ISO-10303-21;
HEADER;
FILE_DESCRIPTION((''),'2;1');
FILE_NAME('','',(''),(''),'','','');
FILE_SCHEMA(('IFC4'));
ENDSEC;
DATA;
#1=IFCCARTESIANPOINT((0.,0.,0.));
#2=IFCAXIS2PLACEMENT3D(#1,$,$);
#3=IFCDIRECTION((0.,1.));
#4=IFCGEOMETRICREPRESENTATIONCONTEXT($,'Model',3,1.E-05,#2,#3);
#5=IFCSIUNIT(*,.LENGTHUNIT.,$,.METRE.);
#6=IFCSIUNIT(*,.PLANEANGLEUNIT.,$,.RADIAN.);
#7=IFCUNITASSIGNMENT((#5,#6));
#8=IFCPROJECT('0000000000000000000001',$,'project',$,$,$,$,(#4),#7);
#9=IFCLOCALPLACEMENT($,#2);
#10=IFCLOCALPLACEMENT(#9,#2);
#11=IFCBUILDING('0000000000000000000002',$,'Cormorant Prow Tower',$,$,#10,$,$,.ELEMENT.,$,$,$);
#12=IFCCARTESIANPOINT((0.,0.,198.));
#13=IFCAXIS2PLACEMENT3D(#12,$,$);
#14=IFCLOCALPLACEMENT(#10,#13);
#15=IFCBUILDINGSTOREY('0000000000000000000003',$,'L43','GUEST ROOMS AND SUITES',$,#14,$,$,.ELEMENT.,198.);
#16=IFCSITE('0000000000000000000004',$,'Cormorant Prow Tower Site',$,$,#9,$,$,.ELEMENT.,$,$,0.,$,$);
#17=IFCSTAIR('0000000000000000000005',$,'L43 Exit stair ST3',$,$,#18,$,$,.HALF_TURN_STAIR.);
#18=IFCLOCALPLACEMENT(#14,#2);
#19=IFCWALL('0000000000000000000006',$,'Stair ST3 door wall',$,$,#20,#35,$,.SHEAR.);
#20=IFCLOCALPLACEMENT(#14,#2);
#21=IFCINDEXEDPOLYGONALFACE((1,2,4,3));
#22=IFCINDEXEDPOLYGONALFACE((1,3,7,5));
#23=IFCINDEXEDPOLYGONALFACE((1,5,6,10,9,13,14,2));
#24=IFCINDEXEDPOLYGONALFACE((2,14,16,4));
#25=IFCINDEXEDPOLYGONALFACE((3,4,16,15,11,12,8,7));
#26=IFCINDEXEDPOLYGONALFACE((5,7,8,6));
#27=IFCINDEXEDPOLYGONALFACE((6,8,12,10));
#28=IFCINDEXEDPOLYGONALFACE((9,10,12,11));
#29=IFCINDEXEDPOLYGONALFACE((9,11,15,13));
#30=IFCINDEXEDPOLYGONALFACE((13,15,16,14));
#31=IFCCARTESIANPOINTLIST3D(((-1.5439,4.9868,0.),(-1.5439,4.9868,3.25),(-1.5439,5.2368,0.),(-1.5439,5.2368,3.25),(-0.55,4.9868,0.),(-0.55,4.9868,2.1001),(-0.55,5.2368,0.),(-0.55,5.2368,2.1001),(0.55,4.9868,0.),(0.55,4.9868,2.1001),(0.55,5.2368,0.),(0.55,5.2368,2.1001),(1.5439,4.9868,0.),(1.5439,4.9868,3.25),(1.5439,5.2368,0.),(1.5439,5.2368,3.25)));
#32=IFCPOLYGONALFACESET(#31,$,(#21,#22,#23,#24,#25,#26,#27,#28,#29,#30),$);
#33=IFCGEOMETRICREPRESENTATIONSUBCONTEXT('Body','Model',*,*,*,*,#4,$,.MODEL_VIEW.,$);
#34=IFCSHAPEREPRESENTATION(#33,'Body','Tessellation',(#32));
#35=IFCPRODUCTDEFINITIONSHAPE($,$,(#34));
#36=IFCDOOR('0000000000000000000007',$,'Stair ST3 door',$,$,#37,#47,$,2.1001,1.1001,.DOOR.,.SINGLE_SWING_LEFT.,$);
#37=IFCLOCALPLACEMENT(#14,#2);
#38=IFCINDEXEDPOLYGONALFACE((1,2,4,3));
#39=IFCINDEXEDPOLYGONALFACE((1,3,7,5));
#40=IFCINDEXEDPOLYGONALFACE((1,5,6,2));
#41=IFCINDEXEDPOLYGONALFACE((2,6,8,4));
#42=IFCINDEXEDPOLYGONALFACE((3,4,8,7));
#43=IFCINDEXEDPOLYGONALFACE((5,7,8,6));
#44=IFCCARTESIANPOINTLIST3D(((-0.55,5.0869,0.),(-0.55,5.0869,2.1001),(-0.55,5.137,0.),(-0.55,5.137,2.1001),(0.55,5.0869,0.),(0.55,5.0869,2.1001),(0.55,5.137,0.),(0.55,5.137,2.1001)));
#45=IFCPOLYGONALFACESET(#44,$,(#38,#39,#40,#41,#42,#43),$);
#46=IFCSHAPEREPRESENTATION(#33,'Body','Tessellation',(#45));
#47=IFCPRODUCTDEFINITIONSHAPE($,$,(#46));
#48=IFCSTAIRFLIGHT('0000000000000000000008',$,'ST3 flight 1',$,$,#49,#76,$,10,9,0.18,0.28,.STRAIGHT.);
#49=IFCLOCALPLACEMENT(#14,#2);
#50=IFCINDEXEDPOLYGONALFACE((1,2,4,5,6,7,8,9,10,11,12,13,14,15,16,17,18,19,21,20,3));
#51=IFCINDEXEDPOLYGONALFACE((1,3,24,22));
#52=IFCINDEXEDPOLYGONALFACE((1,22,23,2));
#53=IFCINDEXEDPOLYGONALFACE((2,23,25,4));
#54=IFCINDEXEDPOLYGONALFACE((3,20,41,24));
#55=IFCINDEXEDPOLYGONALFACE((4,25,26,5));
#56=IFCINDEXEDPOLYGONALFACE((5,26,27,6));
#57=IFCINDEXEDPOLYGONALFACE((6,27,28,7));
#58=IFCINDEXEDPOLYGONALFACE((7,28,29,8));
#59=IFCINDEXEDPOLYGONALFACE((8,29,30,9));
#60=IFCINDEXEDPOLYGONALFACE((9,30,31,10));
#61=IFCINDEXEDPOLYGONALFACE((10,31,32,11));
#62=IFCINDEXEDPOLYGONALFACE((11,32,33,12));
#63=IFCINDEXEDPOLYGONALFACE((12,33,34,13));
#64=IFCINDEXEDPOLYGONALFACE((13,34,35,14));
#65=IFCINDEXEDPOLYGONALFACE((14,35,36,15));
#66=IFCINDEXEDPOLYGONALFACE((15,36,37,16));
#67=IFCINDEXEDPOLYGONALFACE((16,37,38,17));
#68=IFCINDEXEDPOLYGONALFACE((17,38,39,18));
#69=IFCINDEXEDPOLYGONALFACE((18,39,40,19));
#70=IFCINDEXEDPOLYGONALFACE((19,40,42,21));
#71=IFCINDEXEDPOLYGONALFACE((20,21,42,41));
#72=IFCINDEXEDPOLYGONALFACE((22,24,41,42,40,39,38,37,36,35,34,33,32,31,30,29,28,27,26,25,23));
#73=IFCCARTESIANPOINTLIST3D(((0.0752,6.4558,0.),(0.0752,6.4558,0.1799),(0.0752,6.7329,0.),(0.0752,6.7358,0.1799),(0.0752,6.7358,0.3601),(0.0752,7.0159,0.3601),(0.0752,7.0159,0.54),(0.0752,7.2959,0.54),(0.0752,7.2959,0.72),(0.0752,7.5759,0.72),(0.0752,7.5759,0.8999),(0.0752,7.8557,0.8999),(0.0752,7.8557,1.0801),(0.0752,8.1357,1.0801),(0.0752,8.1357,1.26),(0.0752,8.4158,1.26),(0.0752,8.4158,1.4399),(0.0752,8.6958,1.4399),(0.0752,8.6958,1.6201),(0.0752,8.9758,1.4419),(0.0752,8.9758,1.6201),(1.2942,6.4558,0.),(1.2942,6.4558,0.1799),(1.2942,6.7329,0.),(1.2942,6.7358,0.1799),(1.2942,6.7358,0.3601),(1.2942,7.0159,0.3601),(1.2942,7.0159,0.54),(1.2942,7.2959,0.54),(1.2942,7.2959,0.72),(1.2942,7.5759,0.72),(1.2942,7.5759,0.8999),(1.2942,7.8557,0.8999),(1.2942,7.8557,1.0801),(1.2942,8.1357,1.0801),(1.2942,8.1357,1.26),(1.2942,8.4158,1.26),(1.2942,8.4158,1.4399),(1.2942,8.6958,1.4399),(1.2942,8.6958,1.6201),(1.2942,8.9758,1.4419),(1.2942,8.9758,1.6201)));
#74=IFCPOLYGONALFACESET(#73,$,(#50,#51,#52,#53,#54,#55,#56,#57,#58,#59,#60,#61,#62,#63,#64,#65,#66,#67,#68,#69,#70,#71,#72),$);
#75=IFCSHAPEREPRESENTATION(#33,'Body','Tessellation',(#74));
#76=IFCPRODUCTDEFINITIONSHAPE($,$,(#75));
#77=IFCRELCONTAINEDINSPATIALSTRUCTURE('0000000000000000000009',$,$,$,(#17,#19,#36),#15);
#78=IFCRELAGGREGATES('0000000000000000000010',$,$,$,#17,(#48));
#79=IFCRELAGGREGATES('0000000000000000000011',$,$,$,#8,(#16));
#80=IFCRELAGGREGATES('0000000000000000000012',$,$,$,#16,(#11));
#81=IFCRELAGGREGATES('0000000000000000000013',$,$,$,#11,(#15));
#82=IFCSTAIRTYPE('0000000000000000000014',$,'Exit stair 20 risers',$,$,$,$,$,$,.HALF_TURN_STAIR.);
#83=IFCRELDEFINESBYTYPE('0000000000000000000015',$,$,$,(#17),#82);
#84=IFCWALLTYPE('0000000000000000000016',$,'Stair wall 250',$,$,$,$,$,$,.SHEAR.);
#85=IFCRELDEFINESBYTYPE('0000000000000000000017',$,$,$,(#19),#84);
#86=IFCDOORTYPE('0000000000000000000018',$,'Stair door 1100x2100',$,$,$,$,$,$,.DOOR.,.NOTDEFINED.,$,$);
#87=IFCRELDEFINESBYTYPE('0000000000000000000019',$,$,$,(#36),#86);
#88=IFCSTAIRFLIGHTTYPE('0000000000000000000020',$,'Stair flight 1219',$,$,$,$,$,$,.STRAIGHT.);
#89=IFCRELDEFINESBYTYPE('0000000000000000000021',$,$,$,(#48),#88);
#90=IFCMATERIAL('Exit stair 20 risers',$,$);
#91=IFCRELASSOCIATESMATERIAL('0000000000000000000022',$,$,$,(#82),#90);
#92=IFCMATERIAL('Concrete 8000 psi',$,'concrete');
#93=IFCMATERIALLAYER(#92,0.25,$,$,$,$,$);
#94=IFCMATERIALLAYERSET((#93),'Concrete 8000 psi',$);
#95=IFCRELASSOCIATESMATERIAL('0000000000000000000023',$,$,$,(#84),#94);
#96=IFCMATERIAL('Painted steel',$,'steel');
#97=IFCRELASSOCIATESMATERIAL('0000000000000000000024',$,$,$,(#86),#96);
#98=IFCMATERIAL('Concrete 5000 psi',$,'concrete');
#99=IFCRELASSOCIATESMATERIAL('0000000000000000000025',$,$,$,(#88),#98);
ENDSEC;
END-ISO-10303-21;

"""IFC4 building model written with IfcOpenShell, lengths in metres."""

from ifc_helpers import new_model, si_unit, direction, frame, frame_2d, origin, place, context, subcontext, project, spatial, polyline, rectangle, outline, extrude, material, layer, layer_set, type_object, element, fill, aggregate, save


model = new_model("IFC4")

# Units and contexts
model_context = context("Model", 3, precision=1e-05, world=origin(), true_north=direction((0.0, 1.0)))
body_context = subcontext(model_context, "Body", "Model", "MODEL_VIEW")
ifc_project = project(units=[si_unit("LENGTHUNIT", "METRE"), si_unit("PLANEANGLEUNIT", "RADIAN")], contexts=[model_context])

# Site, building, storey
site_placement = place(None, origin())
site = spatial("IfcSite", under=ifc_project, at=site_placement, Name="Cormorant Prow Tower Site", CompositionType="ELEMENT", RefElevation=0.0)
building_placement = place(site_placement, origin())
building = spatial("IfcBuilding", under=site, at=building_placement, Name="Cormorant Prow Tower", CompositionType="ELEMENT")
storey_placement = place(building_placement, frame((0.0, 0.0, 198.0)))
storey = spatial("IfcBuildingStorey", under=building, at=storey_placement, Name="L43", Description="GUEST ROOMS AND SUITES", CompositionType="ELEMENT", Elevation=198.0)

# Stair
ifc_material_1 = material(Name="Exit stair 20 risers")
stair_type = type_object("IfcStairType", Name="Exit stair 20 risers", PredefinedType="HALF_TURN_STAIR", material=ifc_material_1)
stair_1_placement = place(storey_placement, origin())
stair_1 = element("IfcStair", 1, at=stair_1_placement, inside=storey, type_object=stair_type, Name="L43 Exit stair ST3", PredefinedType="HALF_TURN_STAIR")

# Shared definitions
ifc_material_2 = material(Name="Concrete 8000 psi", Category="concrete")
ifc_layer_1 = layer(ifc_material_2, 0.25)
ifc_layer_set_1 = layer_set([ifc_layer_1], Name="Concrete 8000 psi")
wall_type_1 = type_object("IfcWallType", Name="Stair wall 250", PredefinedType="SHEAR", material=ifc_layer_set_1)

# Wall, opening, door
wall_1_placement = place(storey_placement, frame((1.5439, 5.1118, 0.0), z_axis=(0.0, 0.0, 1.0), x_axis=(-1.0, 0.0, 0.0)))
wall_1 = element("IfcWall", 2, at=wall_1_placement, inside=storey, type_object=wall_type_1, Name="Stair ST3 door wall", PredefinedType="SHEAR", context=body_context, shape_type="SweptSolid", body=[
    extrude(rectangle(XDim=3.0879, YDim=0.25, at=frame_2d((1.5439, 0.0))), origin(), (0.0, 0.0, 1.0), 3.25),
])
opening_1_placement = place(wall_1_placement, frame((0.9939, 0.0, 0.0)))
opening_1 = element("IfcOpeningElement", 3, at=opening_1_placement, cuts=wall_1, PredefinedType="OPENING", context=body_context, shape_type="SweptSolid", body=[
    extrude(rectangle(XDim=1.1001, YDim=2.1001, at=frame_2d((0.55, 1.05))), frame((0.0, 0.135, 0.0), z_axis=(0.0, -1.0, 0.0), x_axis=(1.0, 0.0, 0.0)), (0.0, 0.0, 1.0), 0.27),
])
ifc_material_3 = material(Name="Painted steel", Category="steel")
door_type_1 = type_object("IfcDoorType", Name="Stair door 1100x2100", OperationType="NOTDEFINED", PredefinedType="DOOR", material=ifc_material_3)
door_1_placement = place(opening_1_placement, origin())
door_1 = element("IfcDoor", 4, at=door_1_placement, inside=storey, type_object=door_type_1, Name="Stair ST3 door", OperationType="SINGLE_SWING_LEFT", OverallHeight=2.1001, OverallWidth=1.1001, PredefinedType="DOOR", context=body_context, shape_type="SweptSolid", body=[
    extrude(rectangle(XDim=1.1001, YDim=2.1001, at=frame_2d((0.55, 1.05))), frame((0.0, 0.0249, 0.0), z_axis=(0.0, -1.0, 0.0), x_axis=(1.0, 0.0, 0.0)), (0.0, 0.0, 1.0), 0.05),
])
fill(opening_1, door_1)

# Stair flight
ifc_material_4 = material(Name="Concrete 5000 psi", Category="concrete")
stair_flight_type = type_object("IfcStairFlightType", Name="Stair flight 1219", PredefinedType="STRAIGHT", material=ifc_material_4)
stair_flight_placement = place(storey_placement, frame((0.6846, 6.4558, 0.0), z_axis=(0.0, 0.0, 1.0), x_axis=(0.0, 1.0, 0.0)))
stair_flight = element("IfcStairFlight", 5, at=stair_flight_placement, type_object=stair_flight_type, Name="ST3 flight 1", NumberOfRisers=10, NumberOfTreads=9, PredefinedType="STRAIGHT", RiserHeight=0.18, TreadLength=0.28, context=body_context, shape_type="SweptSolid", body=[
    extrude(outline(polyline([(0.0, 0.0), (0.0, 0.1799), (0.28, 0.1799), (0.28, 0.3601), (0.5601, 0.3601), (0.5601, 0.54), (0.8401, 0.54), (0.8401, 0.72), (1.1201, 0.72), (1.1201, 0.8999), (1.3999, 0.8999), (1.3999, 1.0801), (1.6799, 1.0801), (1.6799, 1.26), (1.96, 1.26), (1.96, 1.4399), (2.24, 1.4399), (2.24, 1.6201), (2.52, 1.6201), (2.52, 1.8), (2.52, 1.4419), (0.2771, 0.0), (0.0, 0.0)])), frame((0.0, 0.6094, 0.0), z_axis=(0.0, -1.0, 0.0), x_axis=(1.0, 0.0, 0.0)), (0.0, 0.0, 1.0), 1.219),
])
aggregate(stair_1, [stair_flight])

save(model, "model.ifc")
